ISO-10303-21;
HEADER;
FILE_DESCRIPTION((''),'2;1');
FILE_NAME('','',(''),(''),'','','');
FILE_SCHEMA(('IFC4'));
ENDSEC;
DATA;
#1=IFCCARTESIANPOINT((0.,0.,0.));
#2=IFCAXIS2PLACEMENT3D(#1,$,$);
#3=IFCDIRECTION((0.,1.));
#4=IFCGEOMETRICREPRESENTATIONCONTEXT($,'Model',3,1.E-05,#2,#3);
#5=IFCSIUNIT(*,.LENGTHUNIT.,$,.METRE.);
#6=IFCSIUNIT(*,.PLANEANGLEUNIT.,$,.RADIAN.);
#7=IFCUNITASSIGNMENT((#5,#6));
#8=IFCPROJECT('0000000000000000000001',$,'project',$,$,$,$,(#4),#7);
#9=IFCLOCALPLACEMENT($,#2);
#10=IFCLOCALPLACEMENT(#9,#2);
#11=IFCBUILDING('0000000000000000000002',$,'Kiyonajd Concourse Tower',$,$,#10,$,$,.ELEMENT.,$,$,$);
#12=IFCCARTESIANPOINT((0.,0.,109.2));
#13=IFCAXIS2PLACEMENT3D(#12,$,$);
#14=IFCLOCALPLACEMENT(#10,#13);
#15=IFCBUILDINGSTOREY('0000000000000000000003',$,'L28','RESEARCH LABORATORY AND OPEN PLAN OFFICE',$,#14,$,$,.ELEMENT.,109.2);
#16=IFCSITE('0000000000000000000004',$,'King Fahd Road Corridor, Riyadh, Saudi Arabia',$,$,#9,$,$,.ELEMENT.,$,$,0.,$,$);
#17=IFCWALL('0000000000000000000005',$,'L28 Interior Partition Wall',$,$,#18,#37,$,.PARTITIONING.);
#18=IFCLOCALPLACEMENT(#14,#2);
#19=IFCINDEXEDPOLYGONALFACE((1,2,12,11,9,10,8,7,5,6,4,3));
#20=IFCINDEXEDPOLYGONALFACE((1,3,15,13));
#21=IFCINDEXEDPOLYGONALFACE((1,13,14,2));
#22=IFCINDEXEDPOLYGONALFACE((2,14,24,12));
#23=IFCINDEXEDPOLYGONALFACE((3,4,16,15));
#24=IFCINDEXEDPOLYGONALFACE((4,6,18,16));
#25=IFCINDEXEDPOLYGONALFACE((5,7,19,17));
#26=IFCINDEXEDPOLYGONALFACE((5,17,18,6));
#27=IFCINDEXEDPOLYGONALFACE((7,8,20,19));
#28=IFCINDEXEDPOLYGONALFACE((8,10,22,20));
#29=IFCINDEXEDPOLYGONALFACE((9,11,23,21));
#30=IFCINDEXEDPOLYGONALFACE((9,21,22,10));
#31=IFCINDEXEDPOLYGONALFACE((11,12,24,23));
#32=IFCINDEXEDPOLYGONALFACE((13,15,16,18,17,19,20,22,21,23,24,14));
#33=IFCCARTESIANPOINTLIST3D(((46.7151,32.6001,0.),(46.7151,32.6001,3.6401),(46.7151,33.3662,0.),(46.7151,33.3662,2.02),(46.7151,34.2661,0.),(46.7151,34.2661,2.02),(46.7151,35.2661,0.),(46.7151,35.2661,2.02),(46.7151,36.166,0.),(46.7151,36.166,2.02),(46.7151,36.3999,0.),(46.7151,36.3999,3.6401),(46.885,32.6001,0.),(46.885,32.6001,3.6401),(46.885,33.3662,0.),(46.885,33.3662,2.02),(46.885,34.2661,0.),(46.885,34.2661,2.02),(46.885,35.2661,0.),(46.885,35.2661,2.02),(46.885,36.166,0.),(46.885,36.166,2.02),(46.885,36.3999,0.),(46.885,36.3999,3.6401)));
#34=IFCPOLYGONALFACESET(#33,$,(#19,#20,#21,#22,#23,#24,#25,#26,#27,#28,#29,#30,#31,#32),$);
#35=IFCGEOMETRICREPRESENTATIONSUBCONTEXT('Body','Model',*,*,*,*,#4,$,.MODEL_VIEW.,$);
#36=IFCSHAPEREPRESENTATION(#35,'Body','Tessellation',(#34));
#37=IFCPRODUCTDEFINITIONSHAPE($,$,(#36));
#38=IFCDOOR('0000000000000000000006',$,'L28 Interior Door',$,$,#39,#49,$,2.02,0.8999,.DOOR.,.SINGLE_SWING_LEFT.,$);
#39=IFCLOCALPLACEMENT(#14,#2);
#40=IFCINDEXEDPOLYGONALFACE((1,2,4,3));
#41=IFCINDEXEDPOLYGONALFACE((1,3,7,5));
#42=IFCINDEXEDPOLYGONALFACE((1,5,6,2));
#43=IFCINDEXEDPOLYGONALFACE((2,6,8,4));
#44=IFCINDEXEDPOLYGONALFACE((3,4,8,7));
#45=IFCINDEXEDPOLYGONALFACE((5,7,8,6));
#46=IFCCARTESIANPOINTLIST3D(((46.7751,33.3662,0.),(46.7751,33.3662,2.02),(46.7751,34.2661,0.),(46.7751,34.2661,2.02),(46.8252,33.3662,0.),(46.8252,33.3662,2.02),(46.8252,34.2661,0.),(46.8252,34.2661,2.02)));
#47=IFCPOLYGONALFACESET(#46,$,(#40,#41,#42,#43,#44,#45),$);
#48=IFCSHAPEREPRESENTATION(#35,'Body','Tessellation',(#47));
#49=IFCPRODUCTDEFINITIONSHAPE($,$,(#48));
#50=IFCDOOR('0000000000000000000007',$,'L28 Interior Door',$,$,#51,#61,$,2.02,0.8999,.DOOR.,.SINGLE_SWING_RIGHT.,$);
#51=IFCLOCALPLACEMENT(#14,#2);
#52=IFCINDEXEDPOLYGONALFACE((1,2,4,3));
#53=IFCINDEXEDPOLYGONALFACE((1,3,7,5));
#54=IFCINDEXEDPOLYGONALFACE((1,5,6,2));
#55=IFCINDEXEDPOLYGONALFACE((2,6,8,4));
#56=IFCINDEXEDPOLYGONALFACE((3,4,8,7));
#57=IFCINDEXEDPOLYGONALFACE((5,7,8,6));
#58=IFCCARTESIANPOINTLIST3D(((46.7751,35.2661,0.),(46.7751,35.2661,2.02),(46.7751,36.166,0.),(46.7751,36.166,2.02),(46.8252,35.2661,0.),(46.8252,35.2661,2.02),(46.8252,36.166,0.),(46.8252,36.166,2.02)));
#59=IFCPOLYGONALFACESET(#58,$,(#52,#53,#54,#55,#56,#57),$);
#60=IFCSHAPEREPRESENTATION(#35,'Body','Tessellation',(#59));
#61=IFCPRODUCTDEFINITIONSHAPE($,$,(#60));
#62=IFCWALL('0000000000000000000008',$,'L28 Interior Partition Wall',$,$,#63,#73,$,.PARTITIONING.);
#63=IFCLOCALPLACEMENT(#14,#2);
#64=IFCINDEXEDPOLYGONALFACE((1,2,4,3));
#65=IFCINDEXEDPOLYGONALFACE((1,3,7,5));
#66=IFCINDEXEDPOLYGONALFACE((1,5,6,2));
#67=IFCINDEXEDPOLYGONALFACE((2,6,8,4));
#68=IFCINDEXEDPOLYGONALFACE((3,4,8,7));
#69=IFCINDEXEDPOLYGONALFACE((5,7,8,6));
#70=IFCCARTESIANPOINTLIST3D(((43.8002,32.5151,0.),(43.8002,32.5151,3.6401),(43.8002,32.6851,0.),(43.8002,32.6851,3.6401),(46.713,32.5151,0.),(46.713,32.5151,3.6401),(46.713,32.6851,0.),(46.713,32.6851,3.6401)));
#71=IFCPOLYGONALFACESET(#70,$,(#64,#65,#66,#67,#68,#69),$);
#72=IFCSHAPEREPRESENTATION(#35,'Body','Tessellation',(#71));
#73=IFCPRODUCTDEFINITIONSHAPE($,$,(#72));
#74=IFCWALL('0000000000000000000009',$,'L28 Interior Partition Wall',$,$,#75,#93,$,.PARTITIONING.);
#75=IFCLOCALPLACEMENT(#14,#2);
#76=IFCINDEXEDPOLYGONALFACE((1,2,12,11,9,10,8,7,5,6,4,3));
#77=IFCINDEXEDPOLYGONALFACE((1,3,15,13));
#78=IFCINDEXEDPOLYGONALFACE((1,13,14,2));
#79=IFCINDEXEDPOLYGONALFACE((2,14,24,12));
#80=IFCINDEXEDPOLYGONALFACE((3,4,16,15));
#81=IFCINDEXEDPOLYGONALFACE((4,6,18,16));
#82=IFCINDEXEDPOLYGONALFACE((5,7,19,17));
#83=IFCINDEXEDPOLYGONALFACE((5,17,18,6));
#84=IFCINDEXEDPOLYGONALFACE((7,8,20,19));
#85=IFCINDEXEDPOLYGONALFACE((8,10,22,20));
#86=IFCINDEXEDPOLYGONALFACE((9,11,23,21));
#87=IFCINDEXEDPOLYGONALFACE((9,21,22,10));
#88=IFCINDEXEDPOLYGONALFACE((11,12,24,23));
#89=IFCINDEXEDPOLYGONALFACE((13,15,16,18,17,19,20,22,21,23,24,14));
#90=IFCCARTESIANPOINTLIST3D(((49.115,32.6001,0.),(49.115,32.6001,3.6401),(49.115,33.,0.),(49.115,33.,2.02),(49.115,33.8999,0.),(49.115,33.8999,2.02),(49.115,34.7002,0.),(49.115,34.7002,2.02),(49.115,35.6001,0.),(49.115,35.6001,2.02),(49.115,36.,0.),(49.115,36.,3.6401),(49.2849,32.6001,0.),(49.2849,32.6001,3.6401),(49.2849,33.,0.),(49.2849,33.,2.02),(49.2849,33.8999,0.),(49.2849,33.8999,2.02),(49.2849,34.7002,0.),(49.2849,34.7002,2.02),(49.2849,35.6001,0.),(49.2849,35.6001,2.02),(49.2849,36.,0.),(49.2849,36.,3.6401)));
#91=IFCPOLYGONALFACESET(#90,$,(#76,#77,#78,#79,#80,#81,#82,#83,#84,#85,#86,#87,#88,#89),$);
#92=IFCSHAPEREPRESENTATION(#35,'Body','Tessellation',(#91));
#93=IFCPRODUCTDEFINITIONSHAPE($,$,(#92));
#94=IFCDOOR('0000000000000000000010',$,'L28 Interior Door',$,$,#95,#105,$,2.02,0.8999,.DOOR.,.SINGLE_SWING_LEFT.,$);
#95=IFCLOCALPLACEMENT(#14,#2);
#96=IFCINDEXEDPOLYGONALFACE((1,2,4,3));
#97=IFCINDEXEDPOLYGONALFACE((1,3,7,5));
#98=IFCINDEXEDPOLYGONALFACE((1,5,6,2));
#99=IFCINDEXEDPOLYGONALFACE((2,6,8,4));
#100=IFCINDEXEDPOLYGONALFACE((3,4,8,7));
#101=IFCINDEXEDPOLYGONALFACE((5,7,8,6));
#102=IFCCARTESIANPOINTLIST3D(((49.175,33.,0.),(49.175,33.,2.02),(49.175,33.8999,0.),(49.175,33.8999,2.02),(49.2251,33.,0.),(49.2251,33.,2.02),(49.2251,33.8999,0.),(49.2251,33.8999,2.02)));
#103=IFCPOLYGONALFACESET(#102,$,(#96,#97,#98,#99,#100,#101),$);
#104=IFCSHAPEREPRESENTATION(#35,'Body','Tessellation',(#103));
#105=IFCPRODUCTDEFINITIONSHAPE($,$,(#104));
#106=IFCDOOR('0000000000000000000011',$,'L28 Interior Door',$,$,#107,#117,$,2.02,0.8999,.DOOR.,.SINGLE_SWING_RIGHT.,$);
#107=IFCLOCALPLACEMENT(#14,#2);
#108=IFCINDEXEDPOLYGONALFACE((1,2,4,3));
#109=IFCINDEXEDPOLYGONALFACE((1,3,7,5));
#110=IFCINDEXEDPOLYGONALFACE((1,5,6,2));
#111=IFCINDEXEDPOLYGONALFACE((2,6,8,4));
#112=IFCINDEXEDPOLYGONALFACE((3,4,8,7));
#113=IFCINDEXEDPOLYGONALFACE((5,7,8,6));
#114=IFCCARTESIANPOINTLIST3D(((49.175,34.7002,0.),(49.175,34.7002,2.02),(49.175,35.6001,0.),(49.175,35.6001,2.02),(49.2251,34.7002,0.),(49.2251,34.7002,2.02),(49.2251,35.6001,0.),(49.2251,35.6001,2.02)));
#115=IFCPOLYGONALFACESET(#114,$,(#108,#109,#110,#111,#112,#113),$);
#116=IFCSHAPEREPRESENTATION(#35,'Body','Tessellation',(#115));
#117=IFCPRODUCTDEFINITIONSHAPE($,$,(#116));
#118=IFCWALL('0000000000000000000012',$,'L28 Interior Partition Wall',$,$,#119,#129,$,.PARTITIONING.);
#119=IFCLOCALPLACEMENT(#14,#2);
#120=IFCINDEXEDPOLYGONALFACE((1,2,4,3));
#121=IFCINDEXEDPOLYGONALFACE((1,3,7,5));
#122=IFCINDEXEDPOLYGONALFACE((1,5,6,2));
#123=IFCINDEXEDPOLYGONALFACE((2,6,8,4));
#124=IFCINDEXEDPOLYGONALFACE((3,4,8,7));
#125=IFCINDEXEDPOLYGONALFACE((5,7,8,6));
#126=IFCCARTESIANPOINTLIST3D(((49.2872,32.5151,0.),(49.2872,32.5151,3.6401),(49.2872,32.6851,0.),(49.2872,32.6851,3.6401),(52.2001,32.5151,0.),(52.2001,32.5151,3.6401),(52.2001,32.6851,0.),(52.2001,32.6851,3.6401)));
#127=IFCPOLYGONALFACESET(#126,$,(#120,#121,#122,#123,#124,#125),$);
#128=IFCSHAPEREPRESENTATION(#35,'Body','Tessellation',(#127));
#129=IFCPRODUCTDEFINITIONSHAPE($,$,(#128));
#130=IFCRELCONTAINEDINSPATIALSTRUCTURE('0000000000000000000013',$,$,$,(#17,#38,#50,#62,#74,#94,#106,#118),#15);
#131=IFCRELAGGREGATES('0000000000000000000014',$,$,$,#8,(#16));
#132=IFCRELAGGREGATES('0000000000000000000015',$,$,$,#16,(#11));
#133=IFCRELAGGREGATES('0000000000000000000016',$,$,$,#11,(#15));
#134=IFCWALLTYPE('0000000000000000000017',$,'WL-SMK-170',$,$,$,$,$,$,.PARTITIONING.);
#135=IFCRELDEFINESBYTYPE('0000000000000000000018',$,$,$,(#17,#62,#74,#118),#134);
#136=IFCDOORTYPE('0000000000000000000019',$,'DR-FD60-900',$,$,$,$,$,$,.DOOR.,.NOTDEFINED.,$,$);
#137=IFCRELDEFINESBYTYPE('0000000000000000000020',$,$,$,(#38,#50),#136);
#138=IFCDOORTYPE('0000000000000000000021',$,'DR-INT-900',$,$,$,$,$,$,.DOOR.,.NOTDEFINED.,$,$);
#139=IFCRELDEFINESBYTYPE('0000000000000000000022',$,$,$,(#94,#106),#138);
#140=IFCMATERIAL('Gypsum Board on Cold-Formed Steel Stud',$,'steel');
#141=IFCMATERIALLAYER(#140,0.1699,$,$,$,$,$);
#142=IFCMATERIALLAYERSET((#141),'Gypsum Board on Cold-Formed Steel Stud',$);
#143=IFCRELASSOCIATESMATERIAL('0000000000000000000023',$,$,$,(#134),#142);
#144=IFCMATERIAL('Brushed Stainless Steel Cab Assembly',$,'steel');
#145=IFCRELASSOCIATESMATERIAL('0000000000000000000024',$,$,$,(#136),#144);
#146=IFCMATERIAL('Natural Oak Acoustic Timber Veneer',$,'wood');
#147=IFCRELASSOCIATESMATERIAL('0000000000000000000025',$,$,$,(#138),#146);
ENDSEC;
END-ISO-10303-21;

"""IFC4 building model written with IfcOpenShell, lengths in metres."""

from ifc_helpers import new_model, si_unit, direction, frame, frame_2d, origin, place, context, subcontext, project, spatial, rectangle, extrude, material, layer, layer_set, type_object, element, fill, save


model = new_model("IFC4")

# Units and contexts
model_context = context("Model", 3, precision=1e-05, world=origin(), true_north=direction((0.0, 1.0)))
body_context = subcontext(model_context, "Body", "Model", "MODEL_VIEW")
ifc_project = project(units=[si_unit("LENGTHUNIT", "METRE"), si_unit("PLANEANGLEUNIT", "RADIAN")], contexts=[model_context])

# Site, building, storey
site_placement = place(None, origin())
site = spatial("IfcSite", under=ifc_project, at=site_placement, Name="King Fahd Road Corridor, Riyadh, Saudi Arabia", CompositionType="ELEMENT", RefElevation=0.0)
building_placement = place(site_placement, origin())
building = spatial("IfcBuilding", under=site, at=building_placement, Name="Kiyonajd Concourse Tower", CompositionType="ELEMENT")
storey_placement = place(building_placement, frame((0.0, 0.0, 109.2)))
storey = spatial("IfcBuildingStorey", under=building, at=storey_placement, Name="L28", Description="RESEARCH LABORATORY AND OPEN PLAN OFFICE", CompositionType="ELEMENT", Elevation=109.2)

# Shared definitions
ifc_material_1 = material(Name="Gypsum Board on Cold-Formed Steel Stud", Category="steel")

# Shared definitions
ifc_material_2 = material(Name="Brushed Stainless Steel Cab Assembly", Category="steel")

# Wall, openings, doors
ifc_layer_1 = layer(ifc_material_1, 0.1699)
ifc_layer_set_1 = layer_set([ifc_layer_1], Name="Gypsum Board on Cold-Formed Steel Stud")
wall_type_1 = type_object("IfcWallType", Name="WL-SMK-170", PredefinedType="PARTITIONING", material=ifc_layer_set_1)
wall_1_placement = place(storey_placement, frame((46.8, 32.6001, 0.0), z_axis=(0.0, 0.0, 1.0), x_axis=(0.0, 1.0, 0.0)))
wall_1 = element("IfcWall", 1, at=wall_1_placement, inside=storey, type_object=wall_type_1, Name="L28 Interior Partition Wall", PredefinedType="PARTITIONING", context=body_context, shape_type="SweptSolid", body=[
    extrude(rectangle(XDim=3.7998, YDim=0.1699, at=frame_2d((1.8999, 0.0))), origin(), (0.0, 0.0, 1.0), 3.6401),
])
opening_1_placement = place(wall_1_placement, frame((0.7661, 0.0, 0.0)))
opening_1 = element("IfcOpeningElement", 2, at=opening_1_placement, cuts=wall_1, PredefinedType="OPENING", context=body_context, shape_type="SweptSolid", body=[
    extrude(rectangle(XDim=0.8999, YDim=2.02, at=frame_2d((0.45, 1.01))), frame((0.0, 0.095, 0.0), z_axis=(0.0, -1.0, 0.0), x_axis=(1.0, 0.0, 0.0)), (0.0, 0.0, 1.0), 0.1899),
])
opening_2_placement = place(wall_1_placement, frame((2.666, 0.0, 0.0)))
opening_2 = element("IfcOpeningElement", 3, at=opening_2_placement, cuts=wall_1, PredefinedType="OPENING", context=body_context, shape_type="SweptSolid", body=[
    extrude(rectangle(XDim=0.8999, YDim=2.02, at=frame_2d((0.45, 1.01))), frame((0.0, 0.095, 0.0), z_axis=(0.0, -1.0, 0.0), x_axis=(1.0, 0.0, 0.0)), (0.0, 0.0, 1.0), 0.1899),
])
door_type_1 = type_object("IfcDoorType", Name="DR-FD60-900", OperationType="NOTDEFINED", PredefinedType="DOOR", material=ifc_material_2)
door_1_placement = place(opening_1_placement, origin())
door_1 = element("IfcDoor", 4, at=door_1_placement, inside=storey, type_object=door_type_1, Name="L28 Interior Door", OperationType="SINGLE_SWING_LEFT", OverallHeight=2.02, OverallWidth=0.8999, PredefinedType="DOOR", context=body_context, shape_type="SweptSolid", body=[
    extrude(rectangle(XDim=0.8999, YDim=2.02, at=frame_2d((0.45, 1.01))), frame((0.0, 0.0249, 0.0), z_axis=(0.0, -1.0, 0.0), x_axis=(1.0, 0.0, 0.0)), (0.0, 0.0, 1.0), 0.05),
])
fill(opening_1, door_1)
door_2_placement = place(opening_2_placement, origin())
door_2 = element("IfcDoor", 5, at=door_2_placement, inside=storey, type_object=door_type_1, Name="L28 Interior Door", OperationType="SINGLE_SWING_RIGHT", OverallHeight=2.02, OverallWidth=0.8999, PredefinedType="DOOR", context=body_context, shape_type="SweptSolid", body=[
    extrude(rectangle(XDim=0.8999, YDim=2.02, at=frame_2d((0.45, 1.01))), frame((0.0, 0.0249, 0.0), z_axis=(0.0, -1.0, 0.0), x_axis=(1.0, 0.0, 0.0)), (0.0, 0.0, 1.0), 0.05),
])
fill(opening_2, door_2)

# Wall
wall_2_placement = place(storey_placement, frame((43.8, 32.6001, 0.0), z_axis=(0.0, 0.0, 1.0), x_axis=(1.0, 0.0, 0.0)))
element("IfcWall", 6, at=wall_2_placement, inside=storey, type_object=wall_type_1, Name="L28 Interior Partition Wall", PredefinedType="PARTITIONING", context=body_context, shape_type="SweptSolid", body=[
    extrude(rectangle(XDim=2.9128, YDim=0.1699, at=frame_2d((1.4565, 0.0))), origin(), (0.0, 0.0, 1.0), 3.6401),
])

# Wall, openings, doors
wall_3_placement = place(storey_placement, frame((49.2, 32.6001, 0.0), z_axis=(0.0, 0.0, 1.0), x_axis=(0.0, 1.0, 0.0)))
wall_3 = element("IfcWall", 7, at=wall_3_placement, inside=storey, type_object=wall_type_1, Name="L28 Interior Partition Wall", PredefinedType="PARTITIONING", context=body_context, shape_type="SweptSolid", body=[
    extrude(rectangle(XDim=3.3999, YDim=0.1699, at=frame_2d((1.7, 0.0))), origin(), (0.0, 0.0, 1.0), 3.6401),
])
opening_3_placement = place(wall_3_placement, frame((0.3999, 0.0, 0.0)))
opening_3 = element("IfcOpeningElement", 8, at=opening_3_placement, cuts=wall_3, PredefinedType="OPENING", context=body_context, shape_type="SweptSolid", body=[
    extrude(rectangle(XDim=0.8999, YDim=2.02, at=frame_2d((0.45, 1.01))), frame((0.0, 0.095, 0.0), z_axis=(0.0, -1.0, 0.0), x_axis=(1.0, 0.0, 0.0)), (0.0, 0.0, 1.0), 0.1899),
])
opening_4_placement = place(wall_3_placement, frame((2.1001, 0.0, 0.0)))
opening_4 = element("IfcOpeningElement", 9, at=opening_4_placement, cuts=wall_3, PredefinedType="OPENING", context=body_context, shape_type="SweptSolid", body=[
    extrude(rectangle(XDim=0.8999, YDim=2.02, at=frame_2d((0.45, 1.01))), frame((0.0, 0.095, 0.0), z_axis=(0.0, -1.0, 0.0), x_axis=(1.0, 0.0, 0.0)), (0.0, 0.0, 1.0), 0.1899),
])
ifc_material_3 = material(Name="Natural Oak Acoustic Timber Veneer", Category="wood")
door_type_2 = type_object("IfcDoorType", Name="DR-INT-900", OperationType="NOTDEFINED", PredefinedType="DOOR", material=ifc_material_3)
door_3_placement = place(opening_3_placement, origin())
door_3 = element("IfcDoor", 10, at=door_3_placement, inside=storey, type_object=door_type_2, Name="L28 Interior Door", OperationType="SINGLE_SWING_LEFT", OverallHeight=2.02, OverallWidth=0.8999, PredefinedType="DOOR", context=body_context, shape_type="SweptSolid", body=[
    extrude(rectangle(XDim=0.8999, YDim=2.02, at=frame_2d((0.45, 1.01))), frame((0.0, 0.0249, 0.0), z_axis=(0.0, -1.0, 0.0), x_axis=(1.0, 0.0, 0.0)), (0.0, 0.0, 1.0), 0.05),
])
fill(opening_3, door_3)
door_4_placement = place(opening_4_placement, origin())
door_4 = element("IfcDoor", 11, at=door_4_placement, inside=storey, type_object=door_type_2, Name="L28 Interior Door", OperationType="SINGLE_SWING_RIGHT", OverallHeight=2.02, OverallWidth=0.8999, PredefinedType="DOOR", context=body_context, shape_type="SweptSolid", body=[
    extrude(rectangle(XDim=0.8999, YDim=2.02, at=frame_2d((0.45, 1.01))), frame((0.0, 0.0249, 0.0), z_axis=(0.0, -1.0, 0.0), x_axis=(1.0, 0.0, 0.0)), (0.0, 0.0, 1.0), 0.05),
])
fill(opening_4, door_4)

# Wall
wall_4_placement = place(storey_placement, frame((49.2871, 32.6001, 0.0), z_axis=(0.0, 0.0, 1.0), x_axis=(1.0, 0.0, 0.0)))
element("IfcWall", 12, at=wall_4_placement, inside=storey, type_object=wall_type_1, Name="L28 Interior Partition Wall", PredefinedType="PARTITIONING", context=body_context, shape_type="SweptSolid", body=[
    extrude(rectangle(XDim=2.9128, YDim=0.1699, at=frame_2d((1.4565, 0.0))), origin(), (0.0, 0.0, 1.0), 3.6401),
])

save(model, "model.ifc")
